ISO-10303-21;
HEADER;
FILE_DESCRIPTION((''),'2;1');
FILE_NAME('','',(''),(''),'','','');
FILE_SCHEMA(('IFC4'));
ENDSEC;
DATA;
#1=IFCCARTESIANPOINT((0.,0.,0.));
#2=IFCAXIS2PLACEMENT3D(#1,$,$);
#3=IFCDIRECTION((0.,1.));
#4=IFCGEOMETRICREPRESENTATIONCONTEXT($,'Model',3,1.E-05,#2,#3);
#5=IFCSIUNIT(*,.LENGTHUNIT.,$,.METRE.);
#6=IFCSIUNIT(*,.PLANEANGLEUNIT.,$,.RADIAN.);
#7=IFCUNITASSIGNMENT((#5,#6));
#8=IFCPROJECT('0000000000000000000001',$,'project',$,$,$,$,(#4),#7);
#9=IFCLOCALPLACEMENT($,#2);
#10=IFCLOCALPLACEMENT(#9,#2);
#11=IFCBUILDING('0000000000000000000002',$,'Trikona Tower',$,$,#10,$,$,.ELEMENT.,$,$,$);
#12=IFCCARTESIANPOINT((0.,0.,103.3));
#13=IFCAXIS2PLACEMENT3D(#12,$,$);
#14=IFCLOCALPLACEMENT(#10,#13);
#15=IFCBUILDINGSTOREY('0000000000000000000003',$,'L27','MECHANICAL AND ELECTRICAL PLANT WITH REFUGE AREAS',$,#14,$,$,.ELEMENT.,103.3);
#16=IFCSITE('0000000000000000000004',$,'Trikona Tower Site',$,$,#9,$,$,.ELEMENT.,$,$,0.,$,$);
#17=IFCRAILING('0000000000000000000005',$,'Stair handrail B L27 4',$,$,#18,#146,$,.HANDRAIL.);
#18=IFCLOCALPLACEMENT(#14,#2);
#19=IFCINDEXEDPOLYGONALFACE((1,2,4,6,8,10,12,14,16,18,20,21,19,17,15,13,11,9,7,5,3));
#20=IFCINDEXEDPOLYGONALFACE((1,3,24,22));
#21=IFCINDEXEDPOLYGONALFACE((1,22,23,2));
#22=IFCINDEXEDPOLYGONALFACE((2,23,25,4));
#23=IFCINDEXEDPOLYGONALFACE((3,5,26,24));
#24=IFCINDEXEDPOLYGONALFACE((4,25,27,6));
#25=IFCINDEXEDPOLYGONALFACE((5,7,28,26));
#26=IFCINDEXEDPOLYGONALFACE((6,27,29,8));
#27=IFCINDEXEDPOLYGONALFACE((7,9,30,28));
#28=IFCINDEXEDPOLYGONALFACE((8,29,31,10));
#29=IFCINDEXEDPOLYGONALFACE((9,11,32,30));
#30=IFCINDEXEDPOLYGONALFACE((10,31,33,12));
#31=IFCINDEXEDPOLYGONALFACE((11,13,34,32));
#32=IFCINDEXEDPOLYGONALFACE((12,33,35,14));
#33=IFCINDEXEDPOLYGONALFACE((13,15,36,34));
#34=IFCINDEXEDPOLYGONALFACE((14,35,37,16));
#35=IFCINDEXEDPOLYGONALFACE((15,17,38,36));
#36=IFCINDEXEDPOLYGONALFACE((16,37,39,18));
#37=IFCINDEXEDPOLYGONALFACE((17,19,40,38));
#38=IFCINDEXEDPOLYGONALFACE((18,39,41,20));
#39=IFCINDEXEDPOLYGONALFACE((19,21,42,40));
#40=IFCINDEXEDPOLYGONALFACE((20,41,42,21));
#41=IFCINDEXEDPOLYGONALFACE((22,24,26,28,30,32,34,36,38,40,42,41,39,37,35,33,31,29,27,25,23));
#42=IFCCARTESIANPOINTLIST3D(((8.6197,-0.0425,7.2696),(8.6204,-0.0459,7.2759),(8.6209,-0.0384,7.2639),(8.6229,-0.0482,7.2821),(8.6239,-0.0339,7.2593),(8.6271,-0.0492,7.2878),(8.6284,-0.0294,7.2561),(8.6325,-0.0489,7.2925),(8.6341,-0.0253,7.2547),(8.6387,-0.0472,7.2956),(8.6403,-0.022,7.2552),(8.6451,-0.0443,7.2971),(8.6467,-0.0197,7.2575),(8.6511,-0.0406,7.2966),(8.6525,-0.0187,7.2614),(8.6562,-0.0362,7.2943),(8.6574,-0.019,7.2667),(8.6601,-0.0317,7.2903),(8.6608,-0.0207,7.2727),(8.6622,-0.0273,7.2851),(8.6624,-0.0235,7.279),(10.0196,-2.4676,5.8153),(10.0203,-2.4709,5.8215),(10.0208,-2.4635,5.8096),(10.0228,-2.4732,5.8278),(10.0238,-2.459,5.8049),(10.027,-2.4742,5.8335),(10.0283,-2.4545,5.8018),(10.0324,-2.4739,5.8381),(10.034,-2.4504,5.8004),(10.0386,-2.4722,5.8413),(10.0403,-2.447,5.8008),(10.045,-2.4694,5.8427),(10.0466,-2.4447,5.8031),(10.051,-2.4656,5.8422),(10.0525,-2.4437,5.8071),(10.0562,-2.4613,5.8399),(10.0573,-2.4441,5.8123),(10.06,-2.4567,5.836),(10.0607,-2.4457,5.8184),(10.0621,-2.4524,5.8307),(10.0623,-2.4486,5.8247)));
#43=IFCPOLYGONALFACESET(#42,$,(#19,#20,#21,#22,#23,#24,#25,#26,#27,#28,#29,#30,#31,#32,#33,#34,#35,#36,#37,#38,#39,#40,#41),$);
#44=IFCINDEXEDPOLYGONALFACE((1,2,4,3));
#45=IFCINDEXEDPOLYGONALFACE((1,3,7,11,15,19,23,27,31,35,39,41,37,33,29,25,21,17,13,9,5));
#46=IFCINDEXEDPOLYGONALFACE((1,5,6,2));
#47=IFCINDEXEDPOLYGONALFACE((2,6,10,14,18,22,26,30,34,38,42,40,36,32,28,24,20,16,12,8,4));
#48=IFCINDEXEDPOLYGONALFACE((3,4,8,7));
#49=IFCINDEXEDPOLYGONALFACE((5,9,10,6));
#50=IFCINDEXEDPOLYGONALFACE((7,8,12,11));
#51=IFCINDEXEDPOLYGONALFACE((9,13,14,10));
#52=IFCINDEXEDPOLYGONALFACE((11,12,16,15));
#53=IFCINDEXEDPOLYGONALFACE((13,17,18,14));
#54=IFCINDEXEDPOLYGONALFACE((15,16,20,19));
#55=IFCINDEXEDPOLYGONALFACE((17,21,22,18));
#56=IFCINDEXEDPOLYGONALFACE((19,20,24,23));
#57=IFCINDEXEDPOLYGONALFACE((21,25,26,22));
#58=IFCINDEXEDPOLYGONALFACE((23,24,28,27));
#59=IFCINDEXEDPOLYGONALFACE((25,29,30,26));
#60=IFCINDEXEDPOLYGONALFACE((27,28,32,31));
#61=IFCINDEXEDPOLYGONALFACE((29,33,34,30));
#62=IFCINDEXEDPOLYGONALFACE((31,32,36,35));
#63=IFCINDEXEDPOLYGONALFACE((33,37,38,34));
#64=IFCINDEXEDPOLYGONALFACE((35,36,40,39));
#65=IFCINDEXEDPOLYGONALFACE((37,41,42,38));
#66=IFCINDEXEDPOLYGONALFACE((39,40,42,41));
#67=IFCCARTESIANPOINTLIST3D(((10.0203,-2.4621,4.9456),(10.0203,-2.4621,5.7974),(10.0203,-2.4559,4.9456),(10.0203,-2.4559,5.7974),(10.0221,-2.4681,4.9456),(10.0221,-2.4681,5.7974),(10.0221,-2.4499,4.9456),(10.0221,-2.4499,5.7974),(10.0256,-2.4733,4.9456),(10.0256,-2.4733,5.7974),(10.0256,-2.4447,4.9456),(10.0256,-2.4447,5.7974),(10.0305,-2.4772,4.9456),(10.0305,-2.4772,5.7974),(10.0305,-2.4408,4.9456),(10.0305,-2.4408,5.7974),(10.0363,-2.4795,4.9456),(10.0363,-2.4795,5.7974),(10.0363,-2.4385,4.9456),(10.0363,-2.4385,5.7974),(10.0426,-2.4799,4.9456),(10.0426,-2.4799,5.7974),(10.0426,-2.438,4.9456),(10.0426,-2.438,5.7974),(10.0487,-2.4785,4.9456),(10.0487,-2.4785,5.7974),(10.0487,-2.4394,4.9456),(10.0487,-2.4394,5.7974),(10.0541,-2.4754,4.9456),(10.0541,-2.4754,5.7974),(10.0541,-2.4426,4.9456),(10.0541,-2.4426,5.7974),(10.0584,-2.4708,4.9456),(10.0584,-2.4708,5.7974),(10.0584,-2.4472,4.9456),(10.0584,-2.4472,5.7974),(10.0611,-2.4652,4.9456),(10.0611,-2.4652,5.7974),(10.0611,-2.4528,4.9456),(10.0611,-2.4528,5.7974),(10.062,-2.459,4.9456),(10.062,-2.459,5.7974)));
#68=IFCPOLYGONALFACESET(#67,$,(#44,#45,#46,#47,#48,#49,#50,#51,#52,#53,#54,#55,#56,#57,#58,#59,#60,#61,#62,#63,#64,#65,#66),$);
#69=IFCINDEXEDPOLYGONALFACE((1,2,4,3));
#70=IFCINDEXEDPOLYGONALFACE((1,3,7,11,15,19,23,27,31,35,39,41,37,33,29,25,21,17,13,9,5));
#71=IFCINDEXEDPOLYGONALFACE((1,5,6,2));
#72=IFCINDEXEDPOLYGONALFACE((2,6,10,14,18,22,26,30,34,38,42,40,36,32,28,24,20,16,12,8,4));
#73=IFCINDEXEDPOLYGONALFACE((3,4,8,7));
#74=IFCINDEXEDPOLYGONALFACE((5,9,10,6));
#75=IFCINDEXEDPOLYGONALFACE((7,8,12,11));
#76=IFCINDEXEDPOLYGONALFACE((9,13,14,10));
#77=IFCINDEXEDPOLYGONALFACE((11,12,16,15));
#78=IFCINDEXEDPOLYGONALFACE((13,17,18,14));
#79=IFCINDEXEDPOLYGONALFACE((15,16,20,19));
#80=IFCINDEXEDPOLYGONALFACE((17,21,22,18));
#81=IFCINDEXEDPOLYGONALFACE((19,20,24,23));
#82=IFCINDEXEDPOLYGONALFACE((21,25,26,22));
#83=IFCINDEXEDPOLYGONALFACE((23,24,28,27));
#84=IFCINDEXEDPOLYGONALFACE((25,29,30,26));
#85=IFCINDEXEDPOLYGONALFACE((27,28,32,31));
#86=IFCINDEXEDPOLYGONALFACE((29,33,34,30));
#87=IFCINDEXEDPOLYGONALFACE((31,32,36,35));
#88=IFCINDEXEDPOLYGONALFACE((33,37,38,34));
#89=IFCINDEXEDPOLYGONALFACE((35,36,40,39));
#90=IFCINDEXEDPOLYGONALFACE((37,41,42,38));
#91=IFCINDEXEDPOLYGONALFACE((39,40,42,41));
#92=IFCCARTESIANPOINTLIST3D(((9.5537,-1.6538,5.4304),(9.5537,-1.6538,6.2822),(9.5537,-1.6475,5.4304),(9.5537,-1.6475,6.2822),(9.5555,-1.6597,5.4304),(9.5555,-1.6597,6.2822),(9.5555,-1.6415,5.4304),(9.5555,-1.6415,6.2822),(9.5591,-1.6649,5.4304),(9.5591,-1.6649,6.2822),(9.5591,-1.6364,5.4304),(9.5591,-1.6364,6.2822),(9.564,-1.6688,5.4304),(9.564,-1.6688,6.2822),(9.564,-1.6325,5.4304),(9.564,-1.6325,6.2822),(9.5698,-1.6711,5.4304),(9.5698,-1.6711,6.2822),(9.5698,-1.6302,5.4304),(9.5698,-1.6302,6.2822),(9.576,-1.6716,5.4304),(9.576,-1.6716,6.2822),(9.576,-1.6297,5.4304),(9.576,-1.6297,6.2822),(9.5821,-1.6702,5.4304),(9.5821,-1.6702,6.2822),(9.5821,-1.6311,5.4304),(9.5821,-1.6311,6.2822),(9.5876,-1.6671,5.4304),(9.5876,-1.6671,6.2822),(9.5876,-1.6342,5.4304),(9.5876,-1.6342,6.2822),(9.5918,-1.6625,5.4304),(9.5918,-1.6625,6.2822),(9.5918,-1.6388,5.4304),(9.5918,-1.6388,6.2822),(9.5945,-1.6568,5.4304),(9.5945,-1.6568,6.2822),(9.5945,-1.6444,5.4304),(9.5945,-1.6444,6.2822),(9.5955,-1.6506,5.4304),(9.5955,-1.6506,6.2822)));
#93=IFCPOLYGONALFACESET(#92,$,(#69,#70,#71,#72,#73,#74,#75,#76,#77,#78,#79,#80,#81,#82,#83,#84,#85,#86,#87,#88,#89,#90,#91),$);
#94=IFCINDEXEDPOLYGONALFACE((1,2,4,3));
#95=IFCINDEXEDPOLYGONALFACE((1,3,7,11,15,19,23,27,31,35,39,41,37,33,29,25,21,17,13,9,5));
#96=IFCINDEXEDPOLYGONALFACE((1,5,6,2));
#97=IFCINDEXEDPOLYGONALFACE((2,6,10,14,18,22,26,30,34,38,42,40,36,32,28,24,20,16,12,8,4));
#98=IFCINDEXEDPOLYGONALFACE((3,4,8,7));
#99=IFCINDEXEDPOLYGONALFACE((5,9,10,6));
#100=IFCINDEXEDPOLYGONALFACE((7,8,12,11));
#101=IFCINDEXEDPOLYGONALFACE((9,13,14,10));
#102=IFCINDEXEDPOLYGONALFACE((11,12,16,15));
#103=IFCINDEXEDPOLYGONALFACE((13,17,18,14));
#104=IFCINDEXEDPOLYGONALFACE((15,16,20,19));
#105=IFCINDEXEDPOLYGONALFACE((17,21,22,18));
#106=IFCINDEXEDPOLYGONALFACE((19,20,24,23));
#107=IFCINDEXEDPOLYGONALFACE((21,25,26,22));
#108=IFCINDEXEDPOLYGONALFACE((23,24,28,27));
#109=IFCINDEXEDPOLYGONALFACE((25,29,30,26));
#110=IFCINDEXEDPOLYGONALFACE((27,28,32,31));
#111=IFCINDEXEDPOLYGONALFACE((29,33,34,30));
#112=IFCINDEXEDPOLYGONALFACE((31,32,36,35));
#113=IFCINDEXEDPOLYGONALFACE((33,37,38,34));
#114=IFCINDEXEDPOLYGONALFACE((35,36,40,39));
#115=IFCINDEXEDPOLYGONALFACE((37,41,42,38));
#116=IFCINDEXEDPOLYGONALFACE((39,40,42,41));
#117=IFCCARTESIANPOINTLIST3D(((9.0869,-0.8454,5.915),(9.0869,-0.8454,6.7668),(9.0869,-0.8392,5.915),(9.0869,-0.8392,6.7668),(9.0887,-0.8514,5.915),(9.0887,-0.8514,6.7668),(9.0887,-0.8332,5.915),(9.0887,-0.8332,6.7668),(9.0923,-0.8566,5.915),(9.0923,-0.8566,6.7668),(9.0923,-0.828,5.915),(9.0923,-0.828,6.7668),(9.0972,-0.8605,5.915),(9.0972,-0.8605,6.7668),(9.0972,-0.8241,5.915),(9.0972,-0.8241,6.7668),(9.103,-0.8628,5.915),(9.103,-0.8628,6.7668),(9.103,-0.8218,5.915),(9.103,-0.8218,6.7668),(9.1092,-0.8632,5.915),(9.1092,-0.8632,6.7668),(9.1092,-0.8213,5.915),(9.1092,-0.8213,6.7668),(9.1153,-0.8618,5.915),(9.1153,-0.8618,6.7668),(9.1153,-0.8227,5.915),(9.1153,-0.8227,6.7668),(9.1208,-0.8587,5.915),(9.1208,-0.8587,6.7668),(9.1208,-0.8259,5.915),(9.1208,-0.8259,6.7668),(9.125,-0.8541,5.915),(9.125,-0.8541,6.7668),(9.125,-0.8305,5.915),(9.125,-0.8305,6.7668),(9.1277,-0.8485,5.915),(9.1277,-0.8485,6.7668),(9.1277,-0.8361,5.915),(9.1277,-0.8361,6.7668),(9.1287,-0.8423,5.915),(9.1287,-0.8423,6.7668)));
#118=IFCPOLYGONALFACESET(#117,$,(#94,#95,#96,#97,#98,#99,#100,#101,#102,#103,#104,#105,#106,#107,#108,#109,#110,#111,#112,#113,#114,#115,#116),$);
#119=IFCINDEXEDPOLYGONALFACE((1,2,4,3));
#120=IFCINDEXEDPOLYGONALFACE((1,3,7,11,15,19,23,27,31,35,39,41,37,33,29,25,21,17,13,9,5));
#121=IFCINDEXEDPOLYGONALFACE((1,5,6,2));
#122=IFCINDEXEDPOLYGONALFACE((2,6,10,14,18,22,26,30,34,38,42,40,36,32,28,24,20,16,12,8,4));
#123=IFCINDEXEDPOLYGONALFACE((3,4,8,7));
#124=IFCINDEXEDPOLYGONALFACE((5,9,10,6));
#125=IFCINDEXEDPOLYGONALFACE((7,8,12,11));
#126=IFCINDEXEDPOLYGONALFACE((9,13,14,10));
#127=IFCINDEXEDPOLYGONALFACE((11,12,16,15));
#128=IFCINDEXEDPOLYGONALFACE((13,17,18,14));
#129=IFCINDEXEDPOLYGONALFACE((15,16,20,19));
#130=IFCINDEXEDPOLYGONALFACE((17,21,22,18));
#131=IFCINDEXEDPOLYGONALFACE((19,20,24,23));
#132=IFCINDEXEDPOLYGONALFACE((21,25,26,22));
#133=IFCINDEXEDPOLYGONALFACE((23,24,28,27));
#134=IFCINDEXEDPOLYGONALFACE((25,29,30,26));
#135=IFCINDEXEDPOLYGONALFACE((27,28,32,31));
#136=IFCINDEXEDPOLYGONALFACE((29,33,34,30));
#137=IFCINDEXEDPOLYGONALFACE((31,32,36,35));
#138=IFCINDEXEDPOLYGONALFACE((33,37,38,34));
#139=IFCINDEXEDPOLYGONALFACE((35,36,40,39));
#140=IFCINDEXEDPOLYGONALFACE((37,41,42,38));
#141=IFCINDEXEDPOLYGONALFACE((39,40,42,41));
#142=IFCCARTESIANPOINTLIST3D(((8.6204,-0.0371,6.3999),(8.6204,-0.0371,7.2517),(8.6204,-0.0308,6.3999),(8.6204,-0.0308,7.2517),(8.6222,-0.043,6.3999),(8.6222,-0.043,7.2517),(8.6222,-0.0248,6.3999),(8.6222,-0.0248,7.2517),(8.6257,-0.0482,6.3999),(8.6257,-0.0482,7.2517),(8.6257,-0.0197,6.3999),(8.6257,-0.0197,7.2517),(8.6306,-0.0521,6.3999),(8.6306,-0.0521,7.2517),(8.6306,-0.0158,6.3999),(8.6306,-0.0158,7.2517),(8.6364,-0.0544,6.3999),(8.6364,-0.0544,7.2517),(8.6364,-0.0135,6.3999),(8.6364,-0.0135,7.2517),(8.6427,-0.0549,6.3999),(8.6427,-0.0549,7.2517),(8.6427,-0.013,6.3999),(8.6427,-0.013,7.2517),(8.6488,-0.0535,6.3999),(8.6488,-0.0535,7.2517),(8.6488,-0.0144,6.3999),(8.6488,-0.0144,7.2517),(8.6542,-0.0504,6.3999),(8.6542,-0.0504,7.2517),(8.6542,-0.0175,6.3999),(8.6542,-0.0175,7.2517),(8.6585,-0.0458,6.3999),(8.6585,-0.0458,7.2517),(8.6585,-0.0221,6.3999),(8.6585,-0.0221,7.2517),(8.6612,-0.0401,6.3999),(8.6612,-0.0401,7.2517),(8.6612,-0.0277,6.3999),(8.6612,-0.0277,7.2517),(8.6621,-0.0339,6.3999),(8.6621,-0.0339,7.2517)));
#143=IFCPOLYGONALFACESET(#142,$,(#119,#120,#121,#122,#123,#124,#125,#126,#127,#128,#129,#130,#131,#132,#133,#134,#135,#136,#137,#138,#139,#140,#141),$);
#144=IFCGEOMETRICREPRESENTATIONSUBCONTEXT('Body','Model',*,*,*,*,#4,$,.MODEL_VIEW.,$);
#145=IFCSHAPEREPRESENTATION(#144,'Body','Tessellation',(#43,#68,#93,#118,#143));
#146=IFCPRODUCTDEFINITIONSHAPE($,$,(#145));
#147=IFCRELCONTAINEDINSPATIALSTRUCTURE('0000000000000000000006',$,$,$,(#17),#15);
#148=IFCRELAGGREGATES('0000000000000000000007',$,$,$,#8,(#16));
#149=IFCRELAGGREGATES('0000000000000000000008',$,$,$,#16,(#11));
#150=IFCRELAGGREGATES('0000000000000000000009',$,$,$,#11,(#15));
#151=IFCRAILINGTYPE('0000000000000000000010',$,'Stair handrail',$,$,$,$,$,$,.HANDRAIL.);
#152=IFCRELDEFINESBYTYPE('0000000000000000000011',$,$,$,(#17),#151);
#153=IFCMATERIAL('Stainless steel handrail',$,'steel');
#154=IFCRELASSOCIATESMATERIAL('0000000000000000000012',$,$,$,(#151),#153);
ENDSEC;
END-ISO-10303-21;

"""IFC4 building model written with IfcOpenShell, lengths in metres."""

from ifc_helpers import new_model, si_unit, direction, frame, origin, origin_2d, place, context, subcontext, project, spatial, circle, extrude, material, type_object, element, save


model = new_model("IFC4")

# Units and contexts
model_context = context("Model", 3, precision=1e-05, world=origin(), true_north=direction((0.0, 1.0)))
body_context = subcontext(model_context, "Body", "Model", "MODEL_VIEW")
ifc_project = project(units=[si_unit("LENGTHUNIT", "METRE"), si_unit("PLANEANGLEUNIT", "RADIAN")], contexts=[model_context])

# Site, building, storey
site_placement = place(None, origin())
site = spatial("IfcSite", under=ifc_project, at=site_placement, Name="Trikona Tower Site", CompositionType="ELEMENT", RefElevation=0.0)
building_placement = place(site_placement, origin())
building = spatial("IfcBuilding", under=site, at=building_placement, Name="Trikona Tower", CompositionType="ELEMENT")
storey_placement = place(building_placement, frame((0.0, 0.0, 103.3)))
storey = spatial("IfcBuildingStorey", under=building, at=storey_placement, Name="L27", Description="MECHANICAL AND ELECTRICAL PLANT WITH REFUGE AREAS", CompositionType="ELEMENT", Elevation=103.3)

# Railing
ifc_material_1 = material(Name="Stainless steel handrail", Category="steel")
railing_type = type_object("IfcRailingType", Name="Stair handrail", PredefinedType="HANDRAIL", material=ifc_material_1)
railing_1_placement = place(storey_placement, frame((10.041, -2.459, 4.9456)))
element("IfcRailing", 1, at=railing_1_placement, inside=storey, type_object=railing_type, Name="Stair handrail B L27 4", PredefinedType="HANDRAIL", context=body_context, shape_type="SweptSolid", body=[
    extrude(circle(Radius=0.0239, at=origin_2d()), frame((0.0, 0.0, 0.876), z_axis=(-0.443672, 0.768572, 0.460926), x_axis=(-0.866056, -0.499946, 0.0)), (0.0, 0.0, 1.0), 3.1553),
    extrude(circle(Radius=0.021, at=origin_2d()), origin(), (0.0, 0.0, 1.0), 0.8518),
    extrude(circle(Radius=0.021, at=origin_2d()), frame((-0.4666, 0.8083, 0.4849)), (0.0, 0.0, 1.0), 0.8518),
    extrude(circle(Radius=0.021, at=origin_2d()), frame((-0.9333, 1.6167, 0.9695)), (0.0, 0.0, 1.0), 0.8518),
    extrude(circle(Radius=0.021, at=origin_2d()), frame((-1.3999, 2.425, 1.4543)), (0.0, 0.0, 1.0), 0.8518),
])

save(model, "model.ifc")
